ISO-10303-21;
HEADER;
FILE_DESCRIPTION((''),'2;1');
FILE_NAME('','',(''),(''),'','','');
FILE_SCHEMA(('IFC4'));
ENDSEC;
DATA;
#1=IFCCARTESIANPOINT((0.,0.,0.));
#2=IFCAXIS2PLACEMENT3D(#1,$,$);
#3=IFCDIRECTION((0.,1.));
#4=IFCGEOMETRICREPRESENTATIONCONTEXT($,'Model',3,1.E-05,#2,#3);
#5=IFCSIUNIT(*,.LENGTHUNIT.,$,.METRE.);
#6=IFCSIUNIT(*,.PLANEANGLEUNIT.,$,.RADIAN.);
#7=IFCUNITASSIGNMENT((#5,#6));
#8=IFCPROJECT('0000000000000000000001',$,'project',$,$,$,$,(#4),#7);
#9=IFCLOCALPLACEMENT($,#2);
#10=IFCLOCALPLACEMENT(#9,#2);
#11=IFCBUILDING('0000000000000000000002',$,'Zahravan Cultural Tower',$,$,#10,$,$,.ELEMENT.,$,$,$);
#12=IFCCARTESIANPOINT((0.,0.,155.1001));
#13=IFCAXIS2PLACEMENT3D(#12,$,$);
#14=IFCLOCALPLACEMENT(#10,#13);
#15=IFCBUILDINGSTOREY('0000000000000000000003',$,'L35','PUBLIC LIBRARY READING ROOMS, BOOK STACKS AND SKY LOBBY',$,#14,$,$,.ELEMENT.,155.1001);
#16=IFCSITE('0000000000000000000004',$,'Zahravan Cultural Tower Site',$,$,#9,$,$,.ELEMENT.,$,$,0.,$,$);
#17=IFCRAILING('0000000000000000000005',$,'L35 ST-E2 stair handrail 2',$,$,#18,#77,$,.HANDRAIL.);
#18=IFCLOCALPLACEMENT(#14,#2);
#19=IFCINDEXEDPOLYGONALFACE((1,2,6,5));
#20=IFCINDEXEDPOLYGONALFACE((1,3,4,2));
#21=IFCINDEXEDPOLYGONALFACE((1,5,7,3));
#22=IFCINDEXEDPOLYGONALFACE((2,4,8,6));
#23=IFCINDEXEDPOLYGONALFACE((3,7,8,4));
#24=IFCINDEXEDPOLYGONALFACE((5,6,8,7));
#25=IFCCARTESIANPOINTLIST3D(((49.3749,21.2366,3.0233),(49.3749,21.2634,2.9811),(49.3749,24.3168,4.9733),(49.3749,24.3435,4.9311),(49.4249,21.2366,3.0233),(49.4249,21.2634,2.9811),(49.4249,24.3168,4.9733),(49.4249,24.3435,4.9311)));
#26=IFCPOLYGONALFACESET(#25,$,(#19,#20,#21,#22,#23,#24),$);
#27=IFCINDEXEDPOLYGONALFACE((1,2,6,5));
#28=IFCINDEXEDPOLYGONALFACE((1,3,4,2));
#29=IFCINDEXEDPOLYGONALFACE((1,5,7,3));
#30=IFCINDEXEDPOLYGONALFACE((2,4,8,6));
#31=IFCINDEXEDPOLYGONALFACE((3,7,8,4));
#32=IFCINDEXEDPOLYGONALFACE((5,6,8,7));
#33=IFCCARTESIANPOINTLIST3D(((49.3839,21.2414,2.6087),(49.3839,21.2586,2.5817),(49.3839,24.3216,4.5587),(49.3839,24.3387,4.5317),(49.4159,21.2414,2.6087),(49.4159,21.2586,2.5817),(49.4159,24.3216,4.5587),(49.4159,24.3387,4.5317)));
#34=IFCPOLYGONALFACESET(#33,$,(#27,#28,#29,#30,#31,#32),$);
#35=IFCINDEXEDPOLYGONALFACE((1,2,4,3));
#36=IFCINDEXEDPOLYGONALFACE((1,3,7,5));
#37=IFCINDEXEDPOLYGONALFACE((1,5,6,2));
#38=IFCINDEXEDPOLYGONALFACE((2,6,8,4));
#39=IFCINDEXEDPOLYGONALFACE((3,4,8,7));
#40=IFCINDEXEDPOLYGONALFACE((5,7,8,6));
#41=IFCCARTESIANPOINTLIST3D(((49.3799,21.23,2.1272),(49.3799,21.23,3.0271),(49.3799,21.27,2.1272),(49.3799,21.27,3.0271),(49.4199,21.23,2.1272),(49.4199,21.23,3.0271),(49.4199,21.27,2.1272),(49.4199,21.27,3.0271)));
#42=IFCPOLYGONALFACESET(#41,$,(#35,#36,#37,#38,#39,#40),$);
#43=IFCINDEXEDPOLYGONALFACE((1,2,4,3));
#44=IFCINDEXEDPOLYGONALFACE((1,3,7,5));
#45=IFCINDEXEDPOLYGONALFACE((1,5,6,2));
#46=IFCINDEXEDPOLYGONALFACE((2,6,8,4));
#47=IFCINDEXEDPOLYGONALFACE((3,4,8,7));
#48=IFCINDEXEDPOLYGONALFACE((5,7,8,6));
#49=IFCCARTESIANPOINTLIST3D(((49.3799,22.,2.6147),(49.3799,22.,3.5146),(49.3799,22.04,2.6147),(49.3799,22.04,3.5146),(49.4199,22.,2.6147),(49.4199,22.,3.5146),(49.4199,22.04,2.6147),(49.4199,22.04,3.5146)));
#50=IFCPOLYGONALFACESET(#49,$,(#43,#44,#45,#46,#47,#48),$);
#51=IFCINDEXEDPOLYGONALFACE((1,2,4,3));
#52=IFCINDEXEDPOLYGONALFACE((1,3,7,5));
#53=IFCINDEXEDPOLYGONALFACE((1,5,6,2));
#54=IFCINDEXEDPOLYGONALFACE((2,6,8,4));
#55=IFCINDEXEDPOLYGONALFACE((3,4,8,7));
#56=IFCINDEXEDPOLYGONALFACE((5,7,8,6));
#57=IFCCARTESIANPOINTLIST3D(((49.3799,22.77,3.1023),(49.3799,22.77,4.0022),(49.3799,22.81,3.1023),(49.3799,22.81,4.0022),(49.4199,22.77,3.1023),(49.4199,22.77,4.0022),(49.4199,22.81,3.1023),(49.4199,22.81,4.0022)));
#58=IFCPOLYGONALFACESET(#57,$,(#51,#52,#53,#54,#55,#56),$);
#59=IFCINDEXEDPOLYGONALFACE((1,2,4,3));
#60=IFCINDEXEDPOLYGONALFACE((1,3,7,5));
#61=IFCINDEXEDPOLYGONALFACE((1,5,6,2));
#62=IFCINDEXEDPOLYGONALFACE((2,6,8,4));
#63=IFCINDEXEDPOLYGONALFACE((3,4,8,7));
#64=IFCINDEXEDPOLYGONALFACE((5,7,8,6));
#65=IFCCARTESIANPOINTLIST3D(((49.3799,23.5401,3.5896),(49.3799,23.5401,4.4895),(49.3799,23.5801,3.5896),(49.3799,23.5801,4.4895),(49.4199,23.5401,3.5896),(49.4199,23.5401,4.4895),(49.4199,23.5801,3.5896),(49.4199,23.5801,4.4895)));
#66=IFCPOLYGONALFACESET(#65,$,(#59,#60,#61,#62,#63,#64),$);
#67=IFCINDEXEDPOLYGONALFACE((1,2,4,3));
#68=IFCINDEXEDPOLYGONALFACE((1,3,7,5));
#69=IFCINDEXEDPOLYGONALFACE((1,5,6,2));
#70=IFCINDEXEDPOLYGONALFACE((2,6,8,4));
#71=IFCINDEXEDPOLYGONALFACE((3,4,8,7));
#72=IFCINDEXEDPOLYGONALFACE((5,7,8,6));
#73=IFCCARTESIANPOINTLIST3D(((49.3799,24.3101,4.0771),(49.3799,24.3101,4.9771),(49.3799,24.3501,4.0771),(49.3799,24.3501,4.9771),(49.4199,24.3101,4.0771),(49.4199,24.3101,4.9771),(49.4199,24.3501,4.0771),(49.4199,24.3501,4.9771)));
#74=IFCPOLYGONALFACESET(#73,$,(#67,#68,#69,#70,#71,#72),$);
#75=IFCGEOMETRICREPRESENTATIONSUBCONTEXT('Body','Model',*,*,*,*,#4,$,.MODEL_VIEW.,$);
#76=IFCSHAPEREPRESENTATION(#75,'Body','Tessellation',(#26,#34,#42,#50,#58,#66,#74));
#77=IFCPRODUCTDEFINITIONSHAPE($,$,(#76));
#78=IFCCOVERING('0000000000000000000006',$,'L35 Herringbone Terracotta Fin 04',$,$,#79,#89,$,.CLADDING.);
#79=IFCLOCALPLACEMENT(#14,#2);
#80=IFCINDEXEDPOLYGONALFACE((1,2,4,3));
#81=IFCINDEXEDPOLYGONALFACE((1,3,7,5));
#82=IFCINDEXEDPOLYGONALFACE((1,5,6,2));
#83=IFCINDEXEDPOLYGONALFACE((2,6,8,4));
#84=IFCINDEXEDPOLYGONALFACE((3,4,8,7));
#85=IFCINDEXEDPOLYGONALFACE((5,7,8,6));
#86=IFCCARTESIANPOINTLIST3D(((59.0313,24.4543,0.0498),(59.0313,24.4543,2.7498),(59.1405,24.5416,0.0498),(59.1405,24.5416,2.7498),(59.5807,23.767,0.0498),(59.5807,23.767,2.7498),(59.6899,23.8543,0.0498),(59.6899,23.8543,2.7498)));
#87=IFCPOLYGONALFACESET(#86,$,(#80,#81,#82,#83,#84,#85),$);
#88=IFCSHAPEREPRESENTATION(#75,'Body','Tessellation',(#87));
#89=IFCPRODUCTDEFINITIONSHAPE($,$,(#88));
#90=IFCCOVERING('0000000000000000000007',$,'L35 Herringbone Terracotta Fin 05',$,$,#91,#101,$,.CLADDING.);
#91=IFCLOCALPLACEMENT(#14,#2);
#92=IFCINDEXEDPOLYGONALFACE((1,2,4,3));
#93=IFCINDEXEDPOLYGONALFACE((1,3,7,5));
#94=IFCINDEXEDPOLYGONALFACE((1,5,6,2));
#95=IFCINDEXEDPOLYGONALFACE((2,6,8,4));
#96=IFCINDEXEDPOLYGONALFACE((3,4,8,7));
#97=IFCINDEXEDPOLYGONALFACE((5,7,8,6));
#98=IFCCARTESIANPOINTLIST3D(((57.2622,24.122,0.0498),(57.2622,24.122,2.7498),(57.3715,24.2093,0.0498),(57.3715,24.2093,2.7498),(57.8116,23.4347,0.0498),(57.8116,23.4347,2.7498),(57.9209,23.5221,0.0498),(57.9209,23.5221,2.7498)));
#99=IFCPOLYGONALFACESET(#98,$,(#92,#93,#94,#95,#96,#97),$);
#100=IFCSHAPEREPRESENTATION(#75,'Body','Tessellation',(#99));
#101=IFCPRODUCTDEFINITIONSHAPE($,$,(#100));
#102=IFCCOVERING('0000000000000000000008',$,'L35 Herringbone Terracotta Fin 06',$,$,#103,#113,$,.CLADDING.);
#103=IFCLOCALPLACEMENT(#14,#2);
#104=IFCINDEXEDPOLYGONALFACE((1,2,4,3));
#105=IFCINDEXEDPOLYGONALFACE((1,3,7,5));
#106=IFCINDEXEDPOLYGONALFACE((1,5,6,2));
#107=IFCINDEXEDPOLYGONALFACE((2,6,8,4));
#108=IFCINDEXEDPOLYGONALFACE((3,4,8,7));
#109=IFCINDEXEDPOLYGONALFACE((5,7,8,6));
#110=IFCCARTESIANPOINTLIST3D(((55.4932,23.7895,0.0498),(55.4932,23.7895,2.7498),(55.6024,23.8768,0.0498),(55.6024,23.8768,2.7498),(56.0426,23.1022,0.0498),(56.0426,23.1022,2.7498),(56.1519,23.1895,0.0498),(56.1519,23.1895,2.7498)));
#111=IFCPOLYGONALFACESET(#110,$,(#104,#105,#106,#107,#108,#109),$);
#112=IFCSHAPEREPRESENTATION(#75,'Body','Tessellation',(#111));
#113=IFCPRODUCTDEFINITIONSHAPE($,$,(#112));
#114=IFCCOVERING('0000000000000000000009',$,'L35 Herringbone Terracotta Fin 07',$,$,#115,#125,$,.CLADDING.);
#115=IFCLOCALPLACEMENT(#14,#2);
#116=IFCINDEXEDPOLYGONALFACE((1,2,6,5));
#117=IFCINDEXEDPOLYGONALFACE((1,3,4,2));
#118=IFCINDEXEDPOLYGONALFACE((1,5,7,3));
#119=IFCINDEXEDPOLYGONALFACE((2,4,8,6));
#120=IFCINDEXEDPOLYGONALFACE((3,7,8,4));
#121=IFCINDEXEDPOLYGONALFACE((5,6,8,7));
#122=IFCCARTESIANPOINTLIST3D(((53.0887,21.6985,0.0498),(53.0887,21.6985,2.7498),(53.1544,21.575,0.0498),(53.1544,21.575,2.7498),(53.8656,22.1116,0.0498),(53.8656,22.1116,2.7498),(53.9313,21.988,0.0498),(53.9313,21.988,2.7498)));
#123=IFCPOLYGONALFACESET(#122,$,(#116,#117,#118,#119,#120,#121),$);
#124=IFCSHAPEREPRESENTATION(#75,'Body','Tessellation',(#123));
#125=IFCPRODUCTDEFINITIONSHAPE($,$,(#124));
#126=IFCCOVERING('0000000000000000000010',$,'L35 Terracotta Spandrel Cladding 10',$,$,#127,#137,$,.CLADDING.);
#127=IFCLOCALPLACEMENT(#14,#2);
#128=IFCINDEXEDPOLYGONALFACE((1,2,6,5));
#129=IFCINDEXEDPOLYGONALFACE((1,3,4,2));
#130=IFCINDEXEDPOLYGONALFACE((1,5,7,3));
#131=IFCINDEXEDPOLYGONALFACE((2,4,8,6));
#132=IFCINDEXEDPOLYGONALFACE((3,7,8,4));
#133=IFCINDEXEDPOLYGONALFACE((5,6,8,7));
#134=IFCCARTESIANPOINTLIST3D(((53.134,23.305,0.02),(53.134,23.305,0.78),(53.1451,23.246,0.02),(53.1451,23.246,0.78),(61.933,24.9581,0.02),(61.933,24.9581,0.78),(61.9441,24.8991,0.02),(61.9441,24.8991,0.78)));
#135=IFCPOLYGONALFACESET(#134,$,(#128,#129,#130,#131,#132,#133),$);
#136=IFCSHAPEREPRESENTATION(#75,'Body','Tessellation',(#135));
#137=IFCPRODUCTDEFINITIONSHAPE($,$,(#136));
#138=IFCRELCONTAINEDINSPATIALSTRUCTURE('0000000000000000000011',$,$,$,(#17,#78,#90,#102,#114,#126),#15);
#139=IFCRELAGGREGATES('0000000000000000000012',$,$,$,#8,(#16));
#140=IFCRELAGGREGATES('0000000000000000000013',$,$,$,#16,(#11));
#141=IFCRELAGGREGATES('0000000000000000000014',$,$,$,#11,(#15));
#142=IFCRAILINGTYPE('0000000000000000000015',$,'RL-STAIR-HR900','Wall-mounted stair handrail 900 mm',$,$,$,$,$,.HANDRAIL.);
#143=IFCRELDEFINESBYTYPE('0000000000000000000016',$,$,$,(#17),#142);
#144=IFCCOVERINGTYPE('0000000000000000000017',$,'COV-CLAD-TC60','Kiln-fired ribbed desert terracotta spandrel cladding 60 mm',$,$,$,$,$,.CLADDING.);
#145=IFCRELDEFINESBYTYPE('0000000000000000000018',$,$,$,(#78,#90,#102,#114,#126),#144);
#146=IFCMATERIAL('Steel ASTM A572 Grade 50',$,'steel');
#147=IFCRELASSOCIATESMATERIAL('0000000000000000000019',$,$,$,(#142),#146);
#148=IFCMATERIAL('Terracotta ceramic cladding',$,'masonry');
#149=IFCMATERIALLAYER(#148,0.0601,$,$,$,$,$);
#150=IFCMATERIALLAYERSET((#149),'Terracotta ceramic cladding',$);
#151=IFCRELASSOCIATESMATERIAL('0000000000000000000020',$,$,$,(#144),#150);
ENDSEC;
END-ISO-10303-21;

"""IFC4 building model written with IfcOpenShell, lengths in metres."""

from ifc_helpers import new_model, si_unit, direction, frame, origin, origin_2d, place, context, subcontext, project, spatial, rectangle, extrude, source, transform, mapped, material, layer, layer_set, type_object, element, save


model = new_model("IFC4")

# Units and contexts
model_context = context("Model", 3, precision=1e-05, world=origin(), true_north=direction((0.0, 1.0)))
body_context = subcontext(model_context, "Body", "Model", "MODEL_VIEW")
ifc_project = project(units=[si_unit("LENGTHUNIT", "METRE"), si_unit("PLANEANGLEUNIT", "RADIAN")], contexts=[model_context])

# Site, building, storey
site_placement = place(None, origin())
site = spatial("IfcSite", under=ifc_project, at=site_placement, Name="Zahravan Cultural Tower Site", CompositionType="ELEMENT", RefElevation=0.0)
building_placement = place(site_placement, origin())
building = spatial("IfcBuilding", under=site, at=building_placement, Name="Zahravan Cultural Tower", CompositionType="ELEMENT")
storey_placement = place(building_placement, frame((0.0, 0.0, 155.1001)))
storey = spatial("IfcBuildingStorey", under=building, at=storey_placement, Name="L35", Description="PUBLIC LIBRARY READING ROOMS, BOOK STACKS AND SKY LOBBY", CompositionType="ELEMENT", Elevation=155.1001)

# Railing
ifc_material_1 = material(Name="Steel ASTM A572 Grade 50", Category="steel")
railing_type_1 = type_object("IfcRailingType", Name="RL-STAIR-HR900", Description="Wall-mounted stair handrail 900 mm", PredefinedType="HANDRAIL", material=ifc_material_1)
railing_1_placement = place(storey_placement, frame((49.3999, 21.25, 2.1272)))
element("IfcRailing", 1, at=railing_1_placement, inside=storey, type_object=railing_type_1, Name="L35 ST-E2 stair handrail 2", PredefinedType="HANDRAIL", context=body_context, shape_type="SweptSolid", body=[
    extrude(rectangle(XDim=0.05, YDim=0.05, at=origin_2d()), frame((0.0, 0.0, 0.875), z_axis=(0.0, 0.844914, 0.534902), x_axis=(-1.0, 0.0, 0.0)), (0.0, 0.0, 1.0), 3.6455),
    extrude(rectangle(XDim=0.032, YDim=0.032, at=origin_2d()), frame((0.0, 0.0, 0.468), z_axis=(0.0, 0.844914, 0.534902), x_axis=(-1.0, 0.0, 0.0)), (0.0, 0.0, 1.0), 3.6455),
    extrude(rectangle(XDim=0.04, YDim=0.04, at=origin_2d()), origin(), (0.0, 0.0, 1.0), 0.8999),
    extrude(rectangle(XDim=0.04, YDim=0.04, at=origin_2d()), frame((0.0, 0.77, 0.4875)), (0.0, 0.0, 1.0), 0.8999),
    extrude(rectangle(XDim=0.04, YDim=0.04, at=origin_2d()), frame((0.0, 1.54, 0.9751)), (0.0, 0.0, 1.0), 0.8999),
    extrude(rectangle(XDim=0.04, YDim=0.04, at=origin_2d()), frame((0.0, 2.3101, 1.4624)), (0.0, 0.0, 1.0), 0.8999),
    extrude(rectangle(XDim=0.04, YDim=0.04, at=origin_2d()), frame((0.0, 3.0801, 1.95)), (0.0, 0.0, 1.0), 0.8999),
])

# Coverings
ifc_material_2 = material(Name="Terracotta ceramic cladding", Category="masonry")
ifc_layer_1 = layer(ifc_material_2, 0.0601)
ifc_layer_set_1 = layer_set([ifc_layer_1], Name="Terracotta ceramic cladding")
covering_type = type_object("IfcCoveringType", Name="COV-CLAD-TC60", Description="Kiln-fired ribbed desert terracotta spandrel cladding 60 mm", PredefinedType="CLADDING", material=ifc_layer_set_1)
shared_shape_1 = source(origin(), body_context, "Body", "SweptSolid", [
    extrude(rectangle(XDim=0.8799, YDim=0.1399, at=origin_2d()), origin(), (0.0, 0.0, 1.0), 2.7),
])
for number, where, z_axis, x_axis, name in (
    (2, (59.3606, 24.1543, 0.0498), (0.0, 0.0, 1.0), (0.624425, -0.781085, 0.0), "L35 Herringbone Terracotta Fin 04"),
    (3, (57.5916, 23.822, 0.0498), (0.0, 0.0, 1.0), (0.624425, -0.781085, 0.0), "L35 Herringbone Terracotta Fin 05"),
    (4, (55.8225, 23.4895, 0.0498), (0.0, 0.0, 1.0), (0.624425, -0.781085, 0.0), "L35 Herringbone Terracotta Fin 06"),
    (5, (53.51, 21.8433, 0.0498), (0.0, 0.0, 1.0), (0.882948, 0.469472, 0.0), "L35 Herringbone Terracotta Fin 07"),
):
    element("IfcCovering", number, at=place(storey_placement, frame(where, z_axis=z_axis, x_axis=x_axis)), inside=storey, type_object=covering_type, Name=name, PredefinedType="CLADDING", context=body_context, shape_type="MappedRepresentation", body=[
        mapped(shared_shape_1, transform((0.0, 0.0, 0.0), x_axis=(1.0, 0.0, 0.0), y_axis=(0.0, 1.0, 0.0), z_axis=(0.0, 0.0, 1.0), scale=1.0)),
    ])
shared_shape_2 = source(origin(), body_context, "Body", "SweptSolid", [
    extrude(rectangle(XDim=8.9529, YDim=0.0601, at=origin_2d()), origin(), (0.0, 0.0, 1.0), 0.76),
])
covering_placement = place(storey_placement, frame((57.5391, 24.1021, 0.02), z_axis=(0.0, 0.0, 1.0), x_axis=(-0.982807, -0.184638, 0.0)))
element("IfcCovering", 6, at=covering_placement, inside=storey, type_object=covering_type, Name="L35 Terracotta Spandrel Cladding 10", PredefinedType="CLADDING", context=body_context, shape_type="MappedRepresentation", body=[
    mapped(shared_shape_2, transform((0.0, 0.0, 0.0), x_axis=(1.0, 0.0, 0.0), y_axis=(0.0, 1.0, 0.0), z_axis=(0.0, 0.0, 1.0), scale=1.0)),
])

save(model, "model.ifc")
